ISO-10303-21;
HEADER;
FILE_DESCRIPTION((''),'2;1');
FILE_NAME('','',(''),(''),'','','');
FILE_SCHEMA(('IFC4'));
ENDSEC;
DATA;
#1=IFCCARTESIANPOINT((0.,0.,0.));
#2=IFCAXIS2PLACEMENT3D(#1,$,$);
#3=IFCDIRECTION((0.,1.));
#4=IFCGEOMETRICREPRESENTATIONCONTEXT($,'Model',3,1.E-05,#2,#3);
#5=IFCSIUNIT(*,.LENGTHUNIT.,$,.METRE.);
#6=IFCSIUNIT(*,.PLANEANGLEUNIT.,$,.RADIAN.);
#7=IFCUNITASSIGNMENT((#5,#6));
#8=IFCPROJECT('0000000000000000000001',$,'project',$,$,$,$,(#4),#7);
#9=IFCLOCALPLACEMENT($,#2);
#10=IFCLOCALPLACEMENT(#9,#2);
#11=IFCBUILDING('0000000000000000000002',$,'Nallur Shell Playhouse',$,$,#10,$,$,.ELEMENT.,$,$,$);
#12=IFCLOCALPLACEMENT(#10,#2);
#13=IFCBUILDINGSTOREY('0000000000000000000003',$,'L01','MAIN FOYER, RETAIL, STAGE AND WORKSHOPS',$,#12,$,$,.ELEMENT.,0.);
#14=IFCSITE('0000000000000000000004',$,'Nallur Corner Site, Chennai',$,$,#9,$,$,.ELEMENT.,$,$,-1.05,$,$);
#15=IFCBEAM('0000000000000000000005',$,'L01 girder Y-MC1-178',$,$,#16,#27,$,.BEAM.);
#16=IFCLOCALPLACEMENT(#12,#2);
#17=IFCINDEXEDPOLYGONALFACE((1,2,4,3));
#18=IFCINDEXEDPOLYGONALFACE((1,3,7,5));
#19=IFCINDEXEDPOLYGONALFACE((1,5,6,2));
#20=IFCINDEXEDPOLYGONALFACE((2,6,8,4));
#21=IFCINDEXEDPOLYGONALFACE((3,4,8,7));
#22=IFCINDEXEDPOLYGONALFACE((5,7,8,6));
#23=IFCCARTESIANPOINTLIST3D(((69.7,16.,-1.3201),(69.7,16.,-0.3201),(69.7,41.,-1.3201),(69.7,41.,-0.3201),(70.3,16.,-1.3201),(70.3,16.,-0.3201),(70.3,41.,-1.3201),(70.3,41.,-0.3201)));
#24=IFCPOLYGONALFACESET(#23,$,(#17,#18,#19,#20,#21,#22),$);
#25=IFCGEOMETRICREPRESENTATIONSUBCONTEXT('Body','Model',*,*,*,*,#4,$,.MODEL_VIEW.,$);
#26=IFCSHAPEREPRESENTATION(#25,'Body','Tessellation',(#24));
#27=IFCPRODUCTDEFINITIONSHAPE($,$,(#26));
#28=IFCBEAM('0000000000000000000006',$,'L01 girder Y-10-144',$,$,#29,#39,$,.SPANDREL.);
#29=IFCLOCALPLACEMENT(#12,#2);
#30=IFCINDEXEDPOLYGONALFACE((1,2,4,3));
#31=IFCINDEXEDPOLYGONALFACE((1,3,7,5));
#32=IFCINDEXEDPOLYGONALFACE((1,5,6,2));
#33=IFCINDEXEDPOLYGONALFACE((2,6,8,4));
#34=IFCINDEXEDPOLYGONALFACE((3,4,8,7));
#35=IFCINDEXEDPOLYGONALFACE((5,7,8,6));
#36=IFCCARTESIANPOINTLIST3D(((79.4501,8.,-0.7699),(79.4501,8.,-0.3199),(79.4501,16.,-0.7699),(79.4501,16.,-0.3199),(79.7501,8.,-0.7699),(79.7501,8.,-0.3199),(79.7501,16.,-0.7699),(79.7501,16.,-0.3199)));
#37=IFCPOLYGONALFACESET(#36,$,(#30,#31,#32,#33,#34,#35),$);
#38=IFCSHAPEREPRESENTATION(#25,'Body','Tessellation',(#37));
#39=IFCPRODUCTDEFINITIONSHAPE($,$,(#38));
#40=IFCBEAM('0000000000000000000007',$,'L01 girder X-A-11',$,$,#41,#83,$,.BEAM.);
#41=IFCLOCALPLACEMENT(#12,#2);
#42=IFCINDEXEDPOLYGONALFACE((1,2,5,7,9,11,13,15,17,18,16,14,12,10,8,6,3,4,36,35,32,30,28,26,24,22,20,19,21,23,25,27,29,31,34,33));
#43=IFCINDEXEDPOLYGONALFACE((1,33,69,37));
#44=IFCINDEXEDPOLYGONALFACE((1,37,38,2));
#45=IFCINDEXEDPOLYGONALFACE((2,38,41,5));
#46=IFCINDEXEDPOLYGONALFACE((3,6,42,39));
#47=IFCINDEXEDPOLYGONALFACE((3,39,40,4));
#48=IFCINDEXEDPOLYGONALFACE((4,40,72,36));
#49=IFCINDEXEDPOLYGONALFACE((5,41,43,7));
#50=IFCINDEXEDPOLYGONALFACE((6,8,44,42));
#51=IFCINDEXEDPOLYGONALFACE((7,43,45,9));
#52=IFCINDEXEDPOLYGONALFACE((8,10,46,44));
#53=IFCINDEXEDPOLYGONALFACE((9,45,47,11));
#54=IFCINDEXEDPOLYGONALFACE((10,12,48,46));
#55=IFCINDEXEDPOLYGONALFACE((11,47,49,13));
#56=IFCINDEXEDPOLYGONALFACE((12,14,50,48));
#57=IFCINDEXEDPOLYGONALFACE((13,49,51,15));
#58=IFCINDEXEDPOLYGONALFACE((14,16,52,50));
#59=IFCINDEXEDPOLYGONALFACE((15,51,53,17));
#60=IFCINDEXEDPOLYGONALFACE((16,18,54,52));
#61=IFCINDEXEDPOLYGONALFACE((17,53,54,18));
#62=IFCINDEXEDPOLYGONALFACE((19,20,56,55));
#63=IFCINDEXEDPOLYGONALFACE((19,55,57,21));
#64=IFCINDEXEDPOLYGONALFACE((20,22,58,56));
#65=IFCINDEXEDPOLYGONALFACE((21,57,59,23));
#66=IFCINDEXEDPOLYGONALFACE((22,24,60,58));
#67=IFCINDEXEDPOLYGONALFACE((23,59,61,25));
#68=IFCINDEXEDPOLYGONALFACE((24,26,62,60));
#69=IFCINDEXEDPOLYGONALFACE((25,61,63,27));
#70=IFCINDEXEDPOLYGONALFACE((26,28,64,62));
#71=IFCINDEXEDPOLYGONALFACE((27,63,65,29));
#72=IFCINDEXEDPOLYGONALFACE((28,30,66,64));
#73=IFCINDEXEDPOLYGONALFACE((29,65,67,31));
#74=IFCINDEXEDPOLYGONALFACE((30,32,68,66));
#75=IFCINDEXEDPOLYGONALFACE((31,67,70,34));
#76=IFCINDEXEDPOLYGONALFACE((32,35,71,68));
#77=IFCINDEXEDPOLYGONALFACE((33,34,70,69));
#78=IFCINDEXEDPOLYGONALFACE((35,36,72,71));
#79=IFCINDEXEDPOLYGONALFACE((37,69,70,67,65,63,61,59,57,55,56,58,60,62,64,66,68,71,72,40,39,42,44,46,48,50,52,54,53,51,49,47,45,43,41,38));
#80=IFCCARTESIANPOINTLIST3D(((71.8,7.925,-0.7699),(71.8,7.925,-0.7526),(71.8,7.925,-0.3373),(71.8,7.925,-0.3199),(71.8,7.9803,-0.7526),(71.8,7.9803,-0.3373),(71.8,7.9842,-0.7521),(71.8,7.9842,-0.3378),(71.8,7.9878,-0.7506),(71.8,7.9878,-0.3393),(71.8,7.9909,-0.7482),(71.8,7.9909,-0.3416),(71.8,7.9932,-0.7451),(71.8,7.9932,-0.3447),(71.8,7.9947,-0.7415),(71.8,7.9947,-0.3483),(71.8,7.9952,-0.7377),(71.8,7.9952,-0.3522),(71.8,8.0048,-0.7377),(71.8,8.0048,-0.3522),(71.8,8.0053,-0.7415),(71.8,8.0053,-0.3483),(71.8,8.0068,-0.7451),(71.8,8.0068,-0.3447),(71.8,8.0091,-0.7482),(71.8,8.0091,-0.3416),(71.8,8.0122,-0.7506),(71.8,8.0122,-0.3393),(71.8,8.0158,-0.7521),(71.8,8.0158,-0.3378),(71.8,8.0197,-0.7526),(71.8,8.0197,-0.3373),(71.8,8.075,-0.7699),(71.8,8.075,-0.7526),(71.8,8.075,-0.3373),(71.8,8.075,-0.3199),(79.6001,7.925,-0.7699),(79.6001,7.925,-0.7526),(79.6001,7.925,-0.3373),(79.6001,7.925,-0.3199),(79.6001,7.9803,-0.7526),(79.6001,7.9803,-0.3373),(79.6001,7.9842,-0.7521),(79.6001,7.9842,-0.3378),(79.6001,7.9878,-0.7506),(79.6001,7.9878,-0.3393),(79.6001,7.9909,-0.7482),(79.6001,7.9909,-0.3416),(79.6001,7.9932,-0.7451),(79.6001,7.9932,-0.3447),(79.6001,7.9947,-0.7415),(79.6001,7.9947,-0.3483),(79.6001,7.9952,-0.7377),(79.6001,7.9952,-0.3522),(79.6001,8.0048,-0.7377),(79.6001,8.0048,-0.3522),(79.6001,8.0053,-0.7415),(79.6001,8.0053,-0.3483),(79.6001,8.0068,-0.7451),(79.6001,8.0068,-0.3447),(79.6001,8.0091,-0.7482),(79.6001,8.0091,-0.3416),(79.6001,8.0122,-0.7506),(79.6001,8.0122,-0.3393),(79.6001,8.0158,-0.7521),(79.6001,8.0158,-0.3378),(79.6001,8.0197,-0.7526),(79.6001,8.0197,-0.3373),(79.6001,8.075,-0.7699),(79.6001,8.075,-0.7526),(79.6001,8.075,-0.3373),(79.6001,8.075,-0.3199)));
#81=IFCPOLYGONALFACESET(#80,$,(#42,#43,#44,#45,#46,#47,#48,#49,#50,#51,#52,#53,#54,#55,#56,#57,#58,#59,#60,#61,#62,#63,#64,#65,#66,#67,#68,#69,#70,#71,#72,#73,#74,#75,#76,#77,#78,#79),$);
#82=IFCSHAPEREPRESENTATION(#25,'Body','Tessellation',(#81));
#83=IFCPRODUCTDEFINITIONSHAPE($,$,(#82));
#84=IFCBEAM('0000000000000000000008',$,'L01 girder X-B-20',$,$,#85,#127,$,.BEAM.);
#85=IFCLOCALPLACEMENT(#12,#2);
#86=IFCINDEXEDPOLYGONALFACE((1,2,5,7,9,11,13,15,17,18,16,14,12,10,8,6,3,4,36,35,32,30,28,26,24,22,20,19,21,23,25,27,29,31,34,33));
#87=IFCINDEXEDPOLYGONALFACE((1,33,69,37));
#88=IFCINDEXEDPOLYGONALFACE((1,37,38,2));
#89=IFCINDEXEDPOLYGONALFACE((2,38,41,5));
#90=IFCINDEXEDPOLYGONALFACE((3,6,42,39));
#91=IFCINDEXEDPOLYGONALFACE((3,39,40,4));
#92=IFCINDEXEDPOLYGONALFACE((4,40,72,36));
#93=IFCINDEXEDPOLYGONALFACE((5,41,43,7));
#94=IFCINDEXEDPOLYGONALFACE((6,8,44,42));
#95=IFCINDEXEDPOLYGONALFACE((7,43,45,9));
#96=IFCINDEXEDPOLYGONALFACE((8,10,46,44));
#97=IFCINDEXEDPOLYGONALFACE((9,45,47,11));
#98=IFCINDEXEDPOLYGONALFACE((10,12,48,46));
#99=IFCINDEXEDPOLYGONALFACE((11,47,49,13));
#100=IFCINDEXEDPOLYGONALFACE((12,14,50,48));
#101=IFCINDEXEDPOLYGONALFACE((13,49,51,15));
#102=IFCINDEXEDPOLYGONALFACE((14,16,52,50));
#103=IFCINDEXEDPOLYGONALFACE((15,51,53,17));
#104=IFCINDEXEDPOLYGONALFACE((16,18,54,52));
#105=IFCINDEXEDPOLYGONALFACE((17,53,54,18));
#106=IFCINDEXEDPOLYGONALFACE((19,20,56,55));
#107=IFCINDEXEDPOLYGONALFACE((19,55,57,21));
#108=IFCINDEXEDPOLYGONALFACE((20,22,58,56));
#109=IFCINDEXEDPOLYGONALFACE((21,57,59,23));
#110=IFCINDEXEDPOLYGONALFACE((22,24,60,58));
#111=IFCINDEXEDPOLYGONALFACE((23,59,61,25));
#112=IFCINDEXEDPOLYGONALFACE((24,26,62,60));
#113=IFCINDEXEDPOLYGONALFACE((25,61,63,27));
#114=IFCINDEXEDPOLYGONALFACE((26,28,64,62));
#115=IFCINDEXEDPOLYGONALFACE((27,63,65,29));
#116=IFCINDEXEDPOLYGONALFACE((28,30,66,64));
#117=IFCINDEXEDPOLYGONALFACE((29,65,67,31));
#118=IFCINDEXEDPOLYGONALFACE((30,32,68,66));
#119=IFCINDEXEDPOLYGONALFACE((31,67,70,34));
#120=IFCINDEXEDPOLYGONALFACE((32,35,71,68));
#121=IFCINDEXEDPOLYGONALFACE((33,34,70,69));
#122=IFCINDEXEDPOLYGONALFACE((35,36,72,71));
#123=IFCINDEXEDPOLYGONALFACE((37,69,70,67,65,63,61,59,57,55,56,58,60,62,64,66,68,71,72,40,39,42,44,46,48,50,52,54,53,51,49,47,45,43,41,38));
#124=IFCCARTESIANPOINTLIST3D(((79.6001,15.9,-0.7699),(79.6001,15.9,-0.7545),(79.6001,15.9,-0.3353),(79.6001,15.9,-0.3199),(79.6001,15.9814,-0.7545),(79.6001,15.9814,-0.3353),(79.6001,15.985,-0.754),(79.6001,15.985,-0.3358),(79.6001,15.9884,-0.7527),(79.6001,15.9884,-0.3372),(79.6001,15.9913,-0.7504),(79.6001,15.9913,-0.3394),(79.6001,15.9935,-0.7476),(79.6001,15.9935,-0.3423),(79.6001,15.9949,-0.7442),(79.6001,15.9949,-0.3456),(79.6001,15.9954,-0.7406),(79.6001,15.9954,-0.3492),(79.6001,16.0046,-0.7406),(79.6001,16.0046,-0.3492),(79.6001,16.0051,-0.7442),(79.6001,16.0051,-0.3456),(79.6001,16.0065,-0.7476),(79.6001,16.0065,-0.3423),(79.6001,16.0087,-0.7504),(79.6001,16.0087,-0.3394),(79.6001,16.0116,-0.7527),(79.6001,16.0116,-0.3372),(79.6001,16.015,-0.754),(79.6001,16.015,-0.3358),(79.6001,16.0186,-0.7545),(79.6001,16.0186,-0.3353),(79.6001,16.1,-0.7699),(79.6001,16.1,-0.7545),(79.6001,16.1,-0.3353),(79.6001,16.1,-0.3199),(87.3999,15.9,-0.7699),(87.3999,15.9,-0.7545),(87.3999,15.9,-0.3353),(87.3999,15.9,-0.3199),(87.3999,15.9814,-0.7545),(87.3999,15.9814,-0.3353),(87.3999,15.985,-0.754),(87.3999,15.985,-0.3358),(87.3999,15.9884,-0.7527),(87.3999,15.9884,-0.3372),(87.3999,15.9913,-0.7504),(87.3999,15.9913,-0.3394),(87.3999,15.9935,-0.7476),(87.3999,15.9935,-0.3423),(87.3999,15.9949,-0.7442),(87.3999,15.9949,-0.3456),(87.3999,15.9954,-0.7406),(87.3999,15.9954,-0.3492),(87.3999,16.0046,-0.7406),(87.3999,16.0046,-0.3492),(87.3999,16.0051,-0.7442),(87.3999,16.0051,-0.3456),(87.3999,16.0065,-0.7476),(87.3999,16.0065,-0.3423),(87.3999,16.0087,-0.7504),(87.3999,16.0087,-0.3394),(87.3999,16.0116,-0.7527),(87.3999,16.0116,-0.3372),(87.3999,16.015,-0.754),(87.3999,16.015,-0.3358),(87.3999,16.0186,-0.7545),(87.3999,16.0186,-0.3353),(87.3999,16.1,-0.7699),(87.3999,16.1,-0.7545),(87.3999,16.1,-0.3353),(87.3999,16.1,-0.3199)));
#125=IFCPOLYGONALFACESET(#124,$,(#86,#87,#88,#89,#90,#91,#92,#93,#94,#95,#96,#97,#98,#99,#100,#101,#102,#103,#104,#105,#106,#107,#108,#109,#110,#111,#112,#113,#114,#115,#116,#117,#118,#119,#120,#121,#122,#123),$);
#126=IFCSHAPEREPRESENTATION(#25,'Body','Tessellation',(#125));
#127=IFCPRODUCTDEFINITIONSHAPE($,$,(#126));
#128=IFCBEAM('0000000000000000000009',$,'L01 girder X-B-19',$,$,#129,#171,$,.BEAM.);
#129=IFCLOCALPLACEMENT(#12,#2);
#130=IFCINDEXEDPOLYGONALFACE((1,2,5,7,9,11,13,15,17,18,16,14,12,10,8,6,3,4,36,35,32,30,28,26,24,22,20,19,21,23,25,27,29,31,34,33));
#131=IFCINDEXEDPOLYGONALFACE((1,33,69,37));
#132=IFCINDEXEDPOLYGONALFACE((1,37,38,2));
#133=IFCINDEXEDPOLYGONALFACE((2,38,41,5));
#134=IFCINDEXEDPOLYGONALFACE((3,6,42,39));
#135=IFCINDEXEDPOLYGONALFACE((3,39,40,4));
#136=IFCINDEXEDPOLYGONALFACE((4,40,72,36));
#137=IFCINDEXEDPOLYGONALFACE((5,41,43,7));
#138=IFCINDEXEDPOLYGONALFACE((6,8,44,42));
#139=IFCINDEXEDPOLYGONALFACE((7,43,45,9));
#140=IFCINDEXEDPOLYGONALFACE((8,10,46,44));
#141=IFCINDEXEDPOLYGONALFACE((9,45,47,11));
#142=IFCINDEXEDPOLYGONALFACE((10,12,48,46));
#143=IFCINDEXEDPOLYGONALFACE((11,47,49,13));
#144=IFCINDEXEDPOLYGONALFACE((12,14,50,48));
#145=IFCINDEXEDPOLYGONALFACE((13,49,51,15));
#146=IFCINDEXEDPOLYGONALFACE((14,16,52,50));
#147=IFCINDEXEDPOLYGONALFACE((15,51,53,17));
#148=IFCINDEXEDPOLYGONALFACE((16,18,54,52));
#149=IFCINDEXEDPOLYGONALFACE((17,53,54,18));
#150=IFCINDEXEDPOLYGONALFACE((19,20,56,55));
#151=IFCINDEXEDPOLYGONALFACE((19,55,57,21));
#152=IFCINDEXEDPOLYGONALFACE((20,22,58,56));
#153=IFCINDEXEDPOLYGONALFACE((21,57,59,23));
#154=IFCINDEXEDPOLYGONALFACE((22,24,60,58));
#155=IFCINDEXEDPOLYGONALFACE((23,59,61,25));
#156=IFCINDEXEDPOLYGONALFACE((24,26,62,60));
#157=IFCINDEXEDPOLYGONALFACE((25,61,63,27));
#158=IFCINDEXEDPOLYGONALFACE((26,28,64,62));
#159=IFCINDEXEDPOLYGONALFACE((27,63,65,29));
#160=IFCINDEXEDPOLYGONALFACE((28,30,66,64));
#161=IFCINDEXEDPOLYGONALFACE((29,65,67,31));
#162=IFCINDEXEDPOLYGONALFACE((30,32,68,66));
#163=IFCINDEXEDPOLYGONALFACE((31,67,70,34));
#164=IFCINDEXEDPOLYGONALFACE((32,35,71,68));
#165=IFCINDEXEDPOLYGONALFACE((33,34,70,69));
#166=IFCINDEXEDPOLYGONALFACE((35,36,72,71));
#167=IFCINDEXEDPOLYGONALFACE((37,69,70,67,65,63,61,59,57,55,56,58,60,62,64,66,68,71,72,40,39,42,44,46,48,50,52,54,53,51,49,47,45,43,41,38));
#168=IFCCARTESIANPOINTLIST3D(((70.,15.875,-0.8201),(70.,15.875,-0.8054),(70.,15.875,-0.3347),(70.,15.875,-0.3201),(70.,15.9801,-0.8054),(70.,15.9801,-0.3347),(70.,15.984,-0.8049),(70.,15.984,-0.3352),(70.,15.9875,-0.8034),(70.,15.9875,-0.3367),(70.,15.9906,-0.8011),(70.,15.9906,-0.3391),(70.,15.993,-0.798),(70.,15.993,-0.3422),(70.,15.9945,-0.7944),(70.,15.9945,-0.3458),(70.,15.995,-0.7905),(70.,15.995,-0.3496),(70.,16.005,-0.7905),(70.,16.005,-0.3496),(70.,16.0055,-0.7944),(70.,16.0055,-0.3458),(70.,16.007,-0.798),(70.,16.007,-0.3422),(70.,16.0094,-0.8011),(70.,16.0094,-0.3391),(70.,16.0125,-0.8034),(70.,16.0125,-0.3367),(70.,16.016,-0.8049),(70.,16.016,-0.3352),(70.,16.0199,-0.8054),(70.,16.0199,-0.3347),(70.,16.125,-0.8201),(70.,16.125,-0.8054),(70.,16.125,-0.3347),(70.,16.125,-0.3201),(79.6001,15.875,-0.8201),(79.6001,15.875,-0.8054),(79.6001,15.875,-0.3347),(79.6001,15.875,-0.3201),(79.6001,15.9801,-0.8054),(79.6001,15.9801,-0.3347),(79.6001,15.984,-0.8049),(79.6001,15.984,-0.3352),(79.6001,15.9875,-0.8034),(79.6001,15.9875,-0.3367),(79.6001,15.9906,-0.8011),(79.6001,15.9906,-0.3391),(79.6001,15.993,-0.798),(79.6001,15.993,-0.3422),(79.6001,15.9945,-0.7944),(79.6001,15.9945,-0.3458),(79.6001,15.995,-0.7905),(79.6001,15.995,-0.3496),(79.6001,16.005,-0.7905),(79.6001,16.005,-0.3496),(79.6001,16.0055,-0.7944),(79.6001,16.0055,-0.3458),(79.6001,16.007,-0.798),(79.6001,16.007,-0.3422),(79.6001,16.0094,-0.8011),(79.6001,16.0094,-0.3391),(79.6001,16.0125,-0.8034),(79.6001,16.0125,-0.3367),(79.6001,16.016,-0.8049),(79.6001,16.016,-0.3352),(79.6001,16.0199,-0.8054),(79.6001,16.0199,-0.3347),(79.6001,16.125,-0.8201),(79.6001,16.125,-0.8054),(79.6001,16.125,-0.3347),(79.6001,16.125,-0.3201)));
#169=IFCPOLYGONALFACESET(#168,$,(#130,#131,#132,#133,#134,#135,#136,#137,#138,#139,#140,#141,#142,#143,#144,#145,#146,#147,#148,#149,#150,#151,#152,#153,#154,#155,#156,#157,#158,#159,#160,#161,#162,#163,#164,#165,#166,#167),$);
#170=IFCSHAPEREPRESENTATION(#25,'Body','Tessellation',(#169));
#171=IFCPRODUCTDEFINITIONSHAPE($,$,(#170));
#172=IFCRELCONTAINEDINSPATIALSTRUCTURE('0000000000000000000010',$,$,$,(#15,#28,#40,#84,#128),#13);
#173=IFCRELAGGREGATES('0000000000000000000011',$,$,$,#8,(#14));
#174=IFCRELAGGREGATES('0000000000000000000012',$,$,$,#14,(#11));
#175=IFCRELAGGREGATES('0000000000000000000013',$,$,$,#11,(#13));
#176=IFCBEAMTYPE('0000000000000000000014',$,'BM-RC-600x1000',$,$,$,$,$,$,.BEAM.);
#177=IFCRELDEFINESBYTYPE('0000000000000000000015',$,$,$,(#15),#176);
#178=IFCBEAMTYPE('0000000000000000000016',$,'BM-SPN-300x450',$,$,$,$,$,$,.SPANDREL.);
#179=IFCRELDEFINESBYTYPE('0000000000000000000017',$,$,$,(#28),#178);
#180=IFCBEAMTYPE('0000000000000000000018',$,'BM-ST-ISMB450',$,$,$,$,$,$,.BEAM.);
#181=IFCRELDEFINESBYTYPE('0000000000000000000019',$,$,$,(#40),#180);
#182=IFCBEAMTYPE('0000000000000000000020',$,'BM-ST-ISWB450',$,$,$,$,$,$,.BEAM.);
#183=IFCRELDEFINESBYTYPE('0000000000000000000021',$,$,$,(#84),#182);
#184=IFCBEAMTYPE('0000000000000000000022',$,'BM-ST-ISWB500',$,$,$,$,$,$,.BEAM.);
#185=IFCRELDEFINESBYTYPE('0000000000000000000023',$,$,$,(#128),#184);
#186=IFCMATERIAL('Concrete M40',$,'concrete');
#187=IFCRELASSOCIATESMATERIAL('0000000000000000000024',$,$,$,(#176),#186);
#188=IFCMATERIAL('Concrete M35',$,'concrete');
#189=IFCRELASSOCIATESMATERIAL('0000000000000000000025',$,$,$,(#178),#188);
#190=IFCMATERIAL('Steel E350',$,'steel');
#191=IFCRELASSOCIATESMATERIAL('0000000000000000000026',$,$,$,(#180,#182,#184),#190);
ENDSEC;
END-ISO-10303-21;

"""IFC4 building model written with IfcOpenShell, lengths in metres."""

from ifc_helpers import new_model, si_unit, direction, frame, origin, origin_2d, place, context, subcontext, project, spatial, rectangle, i_section, extrude, material, material_profile, profile_set, type_object, element, save


model = new_model("IFC4")

# Units and contexts
model_context = context("Model", 3, precision=1e-05, world=origin(), true_north=direction((0.0, 1.0)))
body_context = subcontext(model_context, "Body", "Model", "MODEL_VIEW")
ifc_project = project(units=[si_unit("LENGTHUNIT", "METRE"), si_unit("PLANEANGLEUNIT", "RADIAN")], contexts=[model_context])

# Site, building, storey
site_placement = place(None, origin())
site = spatial("IfcSite", under=ifc_project, at=site_placement, Name="Nallur Corner Site, Chennai", CompositionType="ELEMENT", RefElevation=-1.05)
building_placement = place(site_placement, origin())
building = spatial("IfcBuilding", under=site, at=building_placement, Name="Nallur Shell Playhouse", CompositionType="ELEMENT")
storey_placement = place(building_placement, origin())
storey = spatial("IfcBuildingStorey", under=building, at=storey_placement, Name="L01", Description="MAIN FOYER, RETAIL, STAGE AND WORKSHOPS", CompositionType="ELEMENT", Elevation=0.0)

# Shared definitions
ifc_material_1 = material(Name="Concrete M40", Category="concrete")

# Beams
ifc_material_profile_1 = material_profile(ifc_material_1, rectangle(XDim=0.6001, YDim=1.0, at=origin_2d()), Name="RC 600x1000")
ifc_profile_set_1 = profile_set([ifc_material_profile_1], Name="Concrete M40")
beam_type_1 = type_object("IfcBeamType", Name="BM-RC-600x1000", PredefinedType="BEAM", material=ifc_profile_set_1)
beam_1_placement = place(storey_placement, frame((70.0, 16.0, -0.8201), z_axis=(0.0, 1.0, 0.0), x_axis=(-1.0, 0.0, 0.0)))
element("IfcBeam", 1, at=beam_1_placement, inside=storey, type_object=beam_type_1, Name="L01 girder Y-MC1-178", PredefinedType="BEAM", context=body_context, shape_type="SweptSolid", body=[
    extrude(rectangle(XDim=0.6001, YDim=1.0, at=origin_2d()), origin(), (0.0, 0.0, 1.0), 25.0),
])
ifc_material_2 = material(Name="Concrete M35", Category="concrete")
ifc_material_profile_2 = material_profile(ifc_material_2, rectangle(XDim=0.3, YDim=0.45, at=origin_2d()), Name="RC 300x450")
ifc_profile_set_2 = profile_set([ifc_material_profile_2], Name="Concrete M35")
beam_type_2 = type_object("IfcBeamType", Name="BM-SPN-300x450", PredefinedType="SPANDREL", material=ifc_profile_set_2)
beam_2_placement = place(storey_placement, frame((79.6001, 8.0, -0.5449), z_axis=(0.0, 1.0, 0.0), x_axis=(-1.0, 0.0, 0.0)))
element("IfcBeam", 2, at=beam_2_placement, inside=storey, type_object=beam_type_2, Name="L01 girder Y-10-144", PredefinedType="SPANDREL", context=body_context, shape_type="SweptSolid", body=[
    extrude(rectangle(XDim=0.3, YDim=0.45, at=origin_2d()), origin(), (0.0, 0.0, 1.0), 8.0),
])
ifc_material_3 = material(Name="Steel E350", Category="steel")
ifc_material_profile_3 = material_profile(ifc_material_3, i_section(OverallWidth=0.1499, OverallDepth=0.45, WebThickness=0.0095, FlangeThickness=0.0173, FilletRadius=0.0149, at=origin_2d()), Name="ISMB 450")
ifc_profile_set_3 = profile_set([ifc_material_profile_3], Name="Steel E350")
beam_type_3 = type_object("IfcBeamType", Name="BM-ST-ISMB450", PredefinedType="BEAM", material=ifc_profile_set_3)
beam_3_placement = place(storey_placement, frame((71.8, 8.0, -0.5449), z_axis=(1.0, 0.0, 0.0), x_axis=(0.0, 1.0, 0.0)))
element("IfcBeam", 3, at=beam_3_placement, inside=storey, type_object=beam_type_3, Name="L01 girder X-A-11", PredefinedType="BEAM", context=body_context, shape_type="SweptSolid", body=[
    extrude(i_section(OverallWidth=0.1499, OverallDepth=0.45, WebThickness=0.0095, FlangeThickness=0.0173, FilletRadius=0.0149, at=origin_2d()), origin(), (0.0, 0.0, 1.0), 7.8),
])
ifc_material_profile_4 = material_profile(ifc_material_3, i_section(OverallWidth=0.2, OverallDepth=0.45, WebThickness=0.0093, FlangeThickness=0.0154, FilletRadius=0.0139, at=origin_2d()), Name="ISWB 450")
ifc_profile_set_4 = profile_set([ifc_material_profile_4], Name="Steel E350")
beam_type_4 = type_object("IfcBeamType", Name="BM-ST-ISWB450", PredefinedType="BEAM", material=ifc_profile_set_4)
beam_4_placement = place(storey_placement, frame((79.6001, 16.0, -0.5449), z_axis=(1.0, 0.0, 0.0), x_axis=(0.0, 1.0, 0.0)))
element("IfcBeam", 4, at=beam_4_placement, inside=storey, type_object=beam_type_4, Name="L01 girder X-B-20", PredefinedType="BEAM", context=body_context, shape_type="SweptSolid", body=[
    extrude(i_section(OverallWidth=0.2, OverallDepth=0.45, WebThickness=0.0093, FlangeThickness=0.0154, FilletRadius=0.0139, at=origin_2d()), origin(), (0.0, 0.0, 1.0), 7.7998),
])
ifc_material_profile_5 = material_profile(ifc_material_3, i_section(OverallWidth=0.25, OverallDepth=0.5, WebThickness=0.01, FlangeThickness=0.0146, FilletRadius=0.0149, at=origin_2d()), Name="ISWB 500")
ifc_profile_set_5 = profile_set([ifc_material_profile_5], Name="Steel E350")
beam_type_5 = type_object("IfcBeamType", Name="BM-ST-ISWB500", PredefinedType="BEAM", material=ifc_profile_set_5)
beam_5_placement = place(storey_placement, frame((70.0, 16.0, -0.5701), z_axis=(1.0, 0.0, 0.0), x_axis=(0.0, 1.0, 0.0)))
element("IfcBeam", 5, at=beam_5_placement, inside=storey, type_object=beam_type_5, Name="L01 girder X-B-19", PredefinedType="BEAM", context=body_context, shape_type="SweptSolid", body=[
    extrude(i_section(OverallWidth=0.25, OverallDepth=0.5, WebThickness=0.01, FlangeThickness=0.0146, FilletRadius=0.0149, at=origin_2d()), origin(), (0.0, 0.0, 1.0), 9.6001),
])

save(model, "model.ifc")
